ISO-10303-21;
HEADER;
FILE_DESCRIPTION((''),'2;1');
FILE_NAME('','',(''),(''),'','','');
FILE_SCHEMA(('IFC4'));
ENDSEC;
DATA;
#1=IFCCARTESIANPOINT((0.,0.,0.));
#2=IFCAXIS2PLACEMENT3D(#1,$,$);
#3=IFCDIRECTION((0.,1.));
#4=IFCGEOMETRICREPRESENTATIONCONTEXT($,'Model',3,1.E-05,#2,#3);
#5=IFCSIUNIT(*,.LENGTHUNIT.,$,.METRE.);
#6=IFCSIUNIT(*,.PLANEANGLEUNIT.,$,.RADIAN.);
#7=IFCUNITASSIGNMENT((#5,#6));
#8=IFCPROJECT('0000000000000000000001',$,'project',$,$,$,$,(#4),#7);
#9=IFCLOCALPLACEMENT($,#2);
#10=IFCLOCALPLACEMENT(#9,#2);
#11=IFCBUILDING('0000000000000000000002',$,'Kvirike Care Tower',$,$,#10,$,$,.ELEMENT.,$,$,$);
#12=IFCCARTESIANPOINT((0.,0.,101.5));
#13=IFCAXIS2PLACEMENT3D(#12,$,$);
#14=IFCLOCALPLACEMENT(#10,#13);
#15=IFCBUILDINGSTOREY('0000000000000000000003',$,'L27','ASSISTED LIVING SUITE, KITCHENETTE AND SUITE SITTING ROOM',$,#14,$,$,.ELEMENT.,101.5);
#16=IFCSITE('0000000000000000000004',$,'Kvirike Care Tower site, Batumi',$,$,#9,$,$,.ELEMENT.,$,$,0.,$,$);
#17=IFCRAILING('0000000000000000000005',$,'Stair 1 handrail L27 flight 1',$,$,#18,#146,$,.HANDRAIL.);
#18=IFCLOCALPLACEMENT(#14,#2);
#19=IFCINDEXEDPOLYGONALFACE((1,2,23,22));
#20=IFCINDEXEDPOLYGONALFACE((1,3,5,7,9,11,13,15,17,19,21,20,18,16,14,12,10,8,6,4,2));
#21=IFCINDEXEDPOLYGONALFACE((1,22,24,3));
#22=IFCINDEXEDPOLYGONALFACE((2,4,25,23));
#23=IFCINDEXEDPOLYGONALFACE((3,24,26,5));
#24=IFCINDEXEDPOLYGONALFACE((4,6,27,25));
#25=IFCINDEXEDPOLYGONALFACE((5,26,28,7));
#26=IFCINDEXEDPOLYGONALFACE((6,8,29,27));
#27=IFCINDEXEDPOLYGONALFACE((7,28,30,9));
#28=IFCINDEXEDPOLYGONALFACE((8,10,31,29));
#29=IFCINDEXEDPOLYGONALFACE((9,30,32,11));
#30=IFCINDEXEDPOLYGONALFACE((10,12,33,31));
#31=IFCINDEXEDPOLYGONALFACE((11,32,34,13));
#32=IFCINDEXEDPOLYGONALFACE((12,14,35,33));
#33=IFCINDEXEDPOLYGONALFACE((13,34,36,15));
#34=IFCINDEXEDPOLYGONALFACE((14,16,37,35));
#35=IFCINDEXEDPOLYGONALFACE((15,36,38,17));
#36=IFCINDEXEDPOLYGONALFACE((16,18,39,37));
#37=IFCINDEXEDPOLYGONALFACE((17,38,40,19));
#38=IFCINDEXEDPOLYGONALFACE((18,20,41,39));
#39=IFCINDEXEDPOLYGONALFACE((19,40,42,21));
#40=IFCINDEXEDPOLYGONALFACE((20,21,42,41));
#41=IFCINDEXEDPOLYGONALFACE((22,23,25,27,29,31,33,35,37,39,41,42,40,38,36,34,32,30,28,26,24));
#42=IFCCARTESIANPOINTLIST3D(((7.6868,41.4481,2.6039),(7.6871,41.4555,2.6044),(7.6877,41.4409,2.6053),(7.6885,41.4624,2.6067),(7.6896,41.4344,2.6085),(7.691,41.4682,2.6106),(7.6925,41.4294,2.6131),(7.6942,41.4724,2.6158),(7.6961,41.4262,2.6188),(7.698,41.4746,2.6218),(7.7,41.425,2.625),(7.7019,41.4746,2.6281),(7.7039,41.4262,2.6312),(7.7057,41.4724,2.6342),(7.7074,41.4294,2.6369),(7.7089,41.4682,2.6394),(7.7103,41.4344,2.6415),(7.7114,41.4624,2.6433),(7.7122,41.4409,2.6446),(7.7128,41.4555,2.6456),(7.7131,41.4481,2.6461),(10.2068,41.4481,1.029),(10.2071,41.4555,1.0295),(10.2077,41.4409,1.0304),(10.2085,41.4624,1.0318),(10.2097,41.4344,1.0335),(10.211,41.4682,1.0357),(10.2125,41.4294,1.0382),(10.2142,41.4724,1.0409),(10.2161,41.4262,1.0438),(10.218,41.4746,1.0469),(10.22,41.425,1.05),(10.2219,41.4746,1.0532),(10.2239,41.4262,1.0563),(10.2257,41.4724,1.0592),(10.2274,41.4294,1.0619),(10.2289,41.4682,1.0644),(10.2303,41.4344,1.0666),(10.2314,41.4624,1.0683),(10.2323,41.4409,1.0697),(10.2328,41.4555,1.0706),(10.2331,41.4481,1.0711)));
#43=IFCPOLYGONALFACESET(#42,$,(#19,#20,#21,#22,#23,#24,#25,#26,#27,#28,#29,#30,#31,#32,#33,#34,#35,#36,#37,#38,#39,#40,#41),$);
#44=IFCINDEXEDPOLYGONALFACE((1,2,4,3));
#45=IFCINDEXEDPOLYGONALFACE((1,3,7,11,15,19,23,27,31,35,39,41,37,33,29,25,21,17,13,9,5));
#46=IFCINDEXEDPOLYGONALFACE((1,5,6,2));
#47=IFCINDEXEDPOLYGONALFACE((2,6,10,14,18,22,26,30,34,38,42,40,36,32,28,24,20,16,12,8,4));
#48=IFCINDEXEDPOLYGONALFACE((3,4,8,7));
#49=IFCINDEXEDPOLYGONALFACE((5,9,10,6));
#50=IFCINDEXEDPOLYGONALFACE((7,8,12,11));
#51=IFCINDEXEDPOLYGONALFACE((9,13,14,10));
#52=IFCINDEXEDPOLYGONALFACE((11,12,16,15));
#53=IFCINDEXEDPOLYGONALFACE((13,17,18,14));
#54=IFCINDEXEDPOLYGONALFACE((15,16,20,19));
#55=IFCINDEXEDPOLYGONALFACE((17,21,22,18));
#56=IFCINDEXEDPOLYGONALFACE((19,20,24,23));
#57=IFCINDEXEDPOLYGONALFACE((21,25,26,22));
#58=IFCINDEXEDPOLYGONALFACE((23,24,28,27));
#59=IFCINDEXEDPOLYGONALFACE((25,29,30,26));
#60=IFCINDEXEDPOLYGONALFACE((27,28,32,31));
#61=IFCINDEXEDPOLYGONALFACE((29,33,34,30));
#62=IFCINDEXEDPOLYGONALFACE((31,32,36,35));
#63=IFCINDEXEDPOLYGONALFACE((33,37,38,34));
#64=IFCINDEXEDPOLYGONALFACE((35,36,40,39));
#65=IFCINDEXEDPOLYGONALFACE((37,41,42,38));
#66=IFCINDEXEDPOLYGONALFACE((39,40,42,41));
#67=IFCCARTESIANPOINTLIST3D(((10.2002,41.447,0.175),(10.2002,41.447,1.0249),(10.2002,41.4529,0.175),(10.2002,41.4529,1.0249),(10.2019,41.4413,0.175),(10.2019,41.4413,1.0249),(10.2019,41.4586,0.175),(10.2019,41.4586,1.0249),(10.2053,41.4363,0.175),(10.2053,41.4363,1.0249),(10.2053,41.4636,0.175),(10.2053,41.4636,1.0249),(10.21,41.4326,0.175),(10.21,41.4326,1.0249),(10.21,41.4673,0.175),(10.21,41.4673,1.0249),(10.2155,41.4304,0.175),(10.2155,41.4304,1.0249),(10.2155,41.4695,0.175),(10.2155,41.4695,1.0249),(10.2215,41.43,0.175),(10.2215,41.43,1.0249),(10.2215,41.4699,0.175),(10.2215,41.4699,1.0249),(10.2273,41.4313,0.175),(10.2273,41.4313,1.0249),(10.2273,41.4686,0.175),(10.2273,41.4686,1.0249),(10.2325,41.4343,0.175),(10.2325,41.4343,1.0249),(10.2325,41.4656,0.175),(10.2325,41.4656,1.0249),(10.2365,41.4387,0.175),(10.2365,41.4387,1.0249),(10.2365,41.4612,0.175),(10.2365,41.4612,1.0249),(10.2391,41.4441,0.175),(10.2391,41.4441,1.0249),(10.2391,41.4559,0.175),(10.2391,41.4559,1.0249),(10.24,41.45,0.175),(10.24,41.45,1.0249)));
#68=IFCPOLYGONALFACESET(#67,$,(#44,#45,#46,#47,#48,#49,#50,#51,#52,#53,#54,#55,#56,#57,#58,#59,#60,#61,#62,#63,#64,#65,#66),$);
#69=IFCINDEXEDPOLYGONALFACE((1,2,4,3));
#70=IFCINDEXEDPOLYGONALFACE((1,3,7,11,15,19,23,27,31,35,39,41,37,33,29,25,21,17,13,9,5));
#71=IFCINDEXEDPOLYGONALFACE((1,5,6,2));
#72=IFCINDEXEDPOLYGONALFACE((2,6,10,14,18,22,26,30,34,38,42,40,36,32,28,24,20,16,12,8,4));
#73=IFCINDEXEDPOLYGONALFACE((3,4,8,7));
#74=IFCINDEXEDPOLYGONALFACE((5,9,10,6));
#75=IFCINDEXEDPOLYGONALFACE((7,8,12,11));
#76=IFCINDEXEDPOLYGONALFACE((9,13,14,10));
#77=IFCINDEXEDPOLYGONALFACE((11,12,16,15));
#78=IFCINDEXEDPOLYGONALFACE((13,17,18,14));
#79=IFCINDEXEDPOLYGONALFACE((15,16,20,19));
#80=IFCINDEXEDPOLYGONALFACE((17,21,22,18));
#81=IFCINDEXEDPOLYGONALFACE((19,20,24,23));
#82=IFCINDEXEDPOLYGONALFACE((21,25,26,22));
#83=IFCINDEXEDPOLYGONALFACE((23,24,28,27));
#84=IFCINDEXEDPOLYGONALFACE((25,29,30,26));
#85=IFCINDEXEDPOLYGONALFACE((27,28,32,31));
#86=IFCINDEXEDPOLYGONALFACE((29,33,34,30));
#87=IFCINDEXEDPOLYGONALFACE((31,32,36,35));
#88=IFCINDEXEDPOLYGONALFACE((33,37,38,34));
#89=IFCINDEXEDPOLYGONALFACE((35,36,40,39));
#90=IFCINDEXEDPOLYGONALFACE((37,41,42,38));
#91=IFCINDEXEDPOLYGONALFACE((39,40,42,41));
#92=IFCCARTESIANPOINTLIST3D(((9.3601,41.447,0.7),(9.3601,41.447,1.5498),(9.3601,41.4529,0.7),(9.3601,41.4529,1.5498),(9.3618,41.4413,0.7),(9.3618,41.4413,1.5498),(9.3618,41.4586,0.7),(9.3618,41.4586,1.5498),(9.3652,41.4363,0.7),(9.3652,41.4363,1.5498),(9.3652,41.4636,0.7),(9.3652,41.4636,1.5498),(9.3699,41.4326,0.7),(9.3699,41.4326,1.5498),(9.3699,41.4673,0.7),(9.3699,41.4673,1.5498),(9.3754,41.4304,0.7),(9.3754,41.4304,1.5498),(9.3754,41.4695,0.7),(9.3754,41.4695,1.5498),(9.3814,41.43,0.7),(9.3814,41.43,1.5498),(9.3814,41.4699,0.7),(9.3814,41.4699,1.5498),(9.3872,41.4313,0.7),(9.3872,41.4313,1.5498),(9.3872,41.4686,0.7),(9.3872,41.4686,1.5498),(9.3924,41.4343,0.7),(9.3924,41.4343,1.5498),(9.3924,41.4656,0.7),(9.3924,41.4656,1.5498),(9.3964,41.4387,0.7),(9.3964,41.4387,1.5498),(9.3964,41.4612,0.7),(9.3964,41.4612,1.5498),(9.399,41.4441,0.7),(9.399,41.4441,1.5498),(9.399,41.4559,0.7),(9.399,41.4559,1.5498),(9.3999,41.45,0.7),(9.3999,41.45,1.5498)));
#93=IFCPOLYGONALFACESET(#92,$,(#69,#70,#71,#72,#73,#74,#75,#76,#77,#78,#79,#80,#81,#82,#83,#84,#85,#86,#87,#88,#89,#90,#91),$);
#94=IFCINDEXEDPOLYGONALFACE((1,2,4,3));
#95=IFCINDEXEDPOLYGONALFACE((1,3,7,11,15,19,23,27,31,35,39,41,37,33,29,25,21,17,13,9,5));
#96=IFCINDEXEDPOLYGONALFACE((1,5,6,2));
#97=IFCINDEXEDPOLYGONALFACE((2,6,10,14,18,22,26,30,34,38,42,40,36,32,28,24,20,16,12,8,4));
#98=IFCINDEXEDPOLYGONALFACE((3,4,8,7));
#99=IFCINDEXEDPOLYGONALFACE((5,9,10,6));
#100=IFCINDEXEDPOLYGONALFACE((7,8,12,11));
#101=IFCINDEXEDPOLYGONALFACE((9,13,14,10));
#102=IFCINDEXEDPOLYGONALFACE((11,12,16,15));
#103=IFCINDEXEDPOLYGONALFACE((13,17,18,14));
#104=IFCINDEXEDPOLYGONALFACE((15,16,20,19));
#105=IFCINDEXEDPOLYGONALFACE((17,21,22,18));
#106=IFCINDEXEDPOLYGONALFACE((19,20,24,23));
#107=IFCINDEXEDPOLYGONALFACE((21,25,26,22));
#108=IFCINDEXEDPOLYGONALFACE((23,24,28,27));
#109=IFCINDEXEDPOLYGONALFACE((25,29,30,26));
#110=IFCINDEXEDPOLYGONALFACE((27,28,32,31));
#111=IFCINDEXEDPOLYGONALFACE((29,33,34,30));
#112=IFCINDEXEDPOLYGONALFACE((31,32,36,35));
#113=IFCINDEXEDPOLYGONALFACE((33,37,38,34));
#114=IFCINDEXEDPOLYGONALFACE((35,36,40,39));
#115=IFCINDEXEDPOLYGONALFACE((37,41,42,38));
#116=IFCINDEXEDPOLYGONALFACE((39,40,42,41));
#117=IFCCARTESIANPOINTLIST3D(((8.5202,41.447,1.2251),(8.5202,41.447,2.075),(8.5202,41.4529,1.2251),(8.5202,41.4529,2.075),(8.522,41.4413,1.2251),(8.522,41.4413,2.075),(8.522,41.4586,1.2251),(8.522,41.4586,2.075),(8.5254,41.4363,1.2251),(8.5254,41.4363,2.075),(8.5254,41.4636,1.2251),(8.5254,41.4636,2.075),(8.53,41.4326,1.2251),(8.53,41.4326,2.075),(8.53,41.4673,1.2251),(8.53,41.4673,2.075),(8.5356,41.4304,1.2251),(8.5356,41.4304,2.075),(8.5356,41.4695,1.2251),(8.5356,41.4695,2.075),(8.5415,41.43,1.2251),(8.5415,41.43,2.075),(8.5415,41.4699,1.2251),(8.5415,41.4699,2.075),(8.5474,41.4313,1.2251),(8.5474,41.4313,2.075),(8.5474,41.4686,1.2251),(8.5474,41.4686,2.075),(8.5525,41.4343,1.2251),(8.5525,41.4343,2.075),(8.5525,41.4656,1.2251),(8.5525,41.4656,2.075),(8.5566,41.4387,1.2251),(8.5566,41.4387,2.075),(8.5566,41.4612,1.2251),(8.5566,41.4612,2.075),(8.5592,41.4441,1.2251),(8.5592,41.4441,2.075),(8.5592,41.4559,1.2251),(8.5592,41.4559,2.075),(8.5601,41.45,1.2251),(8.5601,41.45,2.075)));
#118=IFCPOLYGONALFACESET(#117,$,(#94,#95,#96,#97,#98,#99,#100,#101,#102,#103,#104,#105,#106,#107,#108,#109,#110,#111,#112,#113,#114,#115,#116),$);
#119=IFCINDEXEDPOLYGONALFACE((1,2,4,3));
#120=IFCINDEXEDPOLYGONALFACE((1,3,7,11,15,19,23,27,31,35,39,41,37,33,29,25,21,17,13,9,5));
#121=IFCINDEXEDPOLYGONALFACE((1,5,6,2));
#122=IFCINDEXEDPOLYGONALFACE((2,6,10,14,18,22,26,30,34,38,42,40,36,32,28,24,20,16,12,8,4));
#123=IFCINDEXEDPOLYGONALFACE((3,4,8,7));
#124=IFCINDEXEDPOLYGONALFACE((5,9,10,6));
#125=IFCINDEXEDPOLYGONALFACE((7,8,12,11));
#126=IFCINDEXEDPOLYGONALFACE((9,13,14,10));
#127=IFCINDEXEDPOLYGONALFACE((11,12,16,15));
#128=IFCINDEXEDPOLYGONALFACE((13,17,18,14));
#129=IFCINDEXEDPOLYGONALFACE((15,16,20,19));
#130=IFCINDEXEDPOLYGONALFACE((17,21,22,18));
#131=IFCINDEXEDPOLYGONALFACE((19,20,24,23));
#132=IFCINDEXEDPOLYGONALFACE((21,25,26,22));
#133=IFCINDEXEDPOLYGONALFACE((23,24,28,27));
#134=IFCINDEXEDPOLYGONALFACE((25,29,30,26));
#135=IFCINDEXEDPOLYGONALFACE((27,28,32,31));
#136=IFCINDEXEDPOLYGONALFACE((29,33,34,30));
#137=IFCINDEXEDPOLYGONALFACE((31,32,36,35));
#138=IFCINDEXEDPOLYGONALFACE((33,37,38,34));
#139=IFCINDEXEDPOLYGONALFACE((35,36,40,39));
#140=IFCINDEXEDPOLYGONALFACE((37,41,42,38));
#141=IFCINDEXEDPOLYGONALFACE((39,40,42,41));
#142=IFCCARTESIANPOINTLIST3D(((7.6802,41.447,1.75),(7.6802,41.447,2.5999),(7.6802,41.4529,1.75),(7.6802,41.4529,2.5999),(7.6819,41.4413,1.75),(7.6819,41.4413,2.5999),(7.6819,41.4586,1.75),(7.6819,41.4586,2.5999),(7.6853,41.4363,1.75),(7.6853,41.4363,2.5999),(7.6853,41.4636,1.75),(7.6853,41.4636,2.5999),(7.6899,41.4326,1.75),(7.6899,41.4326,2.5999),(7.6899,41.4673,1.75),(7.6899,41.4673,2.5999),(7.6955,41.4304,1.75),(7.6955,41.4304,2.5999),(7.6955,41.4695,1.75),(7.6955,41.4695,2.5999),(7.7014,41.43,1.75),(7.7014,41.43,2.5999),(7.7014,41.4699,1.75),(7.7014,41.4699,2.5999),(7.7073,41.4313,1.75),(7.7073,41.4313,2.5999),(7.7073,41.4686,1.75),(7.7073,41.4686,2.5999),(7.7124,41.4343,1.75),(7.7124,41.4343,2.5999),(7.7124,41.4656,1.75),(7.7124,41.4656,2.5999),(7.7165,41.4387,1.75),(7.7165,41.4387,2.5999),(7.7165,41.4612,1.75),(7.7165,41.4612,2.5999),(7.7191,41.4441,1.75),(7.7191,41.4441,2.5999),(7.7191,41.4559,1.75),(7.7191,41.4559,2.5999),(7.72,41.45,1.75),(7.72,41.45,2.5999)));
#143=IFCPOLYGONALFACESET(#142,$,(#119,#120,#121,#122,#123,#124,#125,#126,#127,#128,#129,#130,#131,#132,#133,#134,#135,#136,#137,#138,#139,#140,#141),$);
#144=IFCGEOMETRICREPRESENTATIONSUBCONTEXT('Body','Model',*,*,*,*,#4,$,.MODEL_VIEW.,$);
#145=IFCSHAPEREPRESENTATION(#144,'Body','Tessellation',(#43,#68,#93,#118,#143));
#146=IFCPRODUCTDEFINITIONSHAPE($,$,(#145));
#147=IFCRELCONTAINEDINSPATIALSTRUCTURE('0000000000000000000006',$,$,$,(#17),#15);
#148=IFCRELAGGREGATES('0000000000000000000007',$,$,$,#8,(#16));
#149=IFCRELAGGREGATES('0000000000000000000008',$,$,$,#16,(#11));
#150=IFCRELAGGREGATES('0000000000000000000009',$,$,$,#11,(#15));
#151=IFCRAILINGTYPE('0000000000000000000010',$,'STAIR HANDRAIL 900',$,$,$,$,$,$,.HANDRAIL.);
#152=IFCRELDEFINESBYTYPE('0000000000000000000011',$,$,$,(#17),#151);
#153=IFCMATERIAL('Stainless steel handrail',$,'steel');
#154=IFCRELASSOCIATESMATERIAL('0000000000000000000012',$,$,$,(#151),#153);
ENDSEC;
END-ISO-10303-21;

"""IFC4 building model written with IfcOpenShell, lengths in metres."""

from ifc_helpers import new_model, si_unit, direction, frame, origin, origin_2d, place, context, subcontext, project, spatial, circle, extrude, material, type_object, element, save


model = new_model("IFC4")

# Units and contexts
model_context = context("Model", 3, precision=1e-05, world=origin(), true_north=direction((0.0, 1.0)))
body_context = subcontext(model_context, "Body", "Model", "MODEL_VIEW")
ifc_project = project(units=[si_unit("LENGTHUNIT", "METRE"), si_unit("PLANEANGLEUNIT", "RADIAN")], contexts=[model_context])

# Site, building, storey
site_placement = place(None, origin())
site = spatial("IfcSite", under=ifc_project, at=site_placement, Name="Kvirike Care Tower site, Batumi", CompositionType="ELEMENT", RefElevation=0.0)
building_placement = place(site_placement, origin())
building = spatial("IfcBuilding", under=site, at=building_placement, Name="Kvirike Care Tower", CompositionType="ELEMENT")
storey_placement = place(building_placement, frame((0.0, 0.0, 101.5)))
storey = spatial("IfcBuildingStorey", under=building, at=storey_placement, Name="L27", Description="ASSISTED LIVING SUITE, KITCHENETTE AND SUITE SITTING ROOM", CompositionType="ELEMENT", Elevation=101.5)

# Railing
ifc_material_1 = material(Name="Stainless steel handrail", Category="steel")
railing_type = type_object("IfcRailingType", Name="STAIR HANDRAIL 900", PredefinedType="HANDRAIL", material=ifc_material_1)
railing_1_placement = place(storey_placement, frame((10.22, 41.45, 0.175)))
element("IfcRailing", 1, at=railing_1_placement, inside=storey, type_object=railing_type, Name="Stair 1 handrail L27 flight 1", PredefinedType="HANDRAIL", context=body_context, shape_type="SweptSolid", body=[
    extrude(circle(Radius=0.0249, at=origin_2d()), frame((0.0, 0.0, 0.875), z_axis=(-0.848008, 0.0, 0.529984), x_axis=(0.0, -1.0, 0.0)), (0.0, 0.0, 1.0), 2.9717),
    extrude(circle(Radius=0.02, at=origin_2d()), origin(), (0.0, 0.0, 1.0), 0.8499),
    extrude(circle(Radius=0.02, at=origin_2d()), frame((-0.8401, 0.0, 0.5249)), (0.0, 0.0, 1.0), 0.8499),
    extrude(circle(Radius=0.02, at=origin_2d()), frame((-1.6799, 0.0, 1.05)), (0.0, 0.0, 1.0), 0.8499),
    extrude(circle(Radius=0.02, at=origin_2d()), frame((-2.52, 0.0, 1.575)), (0.0, 0.0, 1.0), 0.8499),
])

save(model, "model.ifc")
